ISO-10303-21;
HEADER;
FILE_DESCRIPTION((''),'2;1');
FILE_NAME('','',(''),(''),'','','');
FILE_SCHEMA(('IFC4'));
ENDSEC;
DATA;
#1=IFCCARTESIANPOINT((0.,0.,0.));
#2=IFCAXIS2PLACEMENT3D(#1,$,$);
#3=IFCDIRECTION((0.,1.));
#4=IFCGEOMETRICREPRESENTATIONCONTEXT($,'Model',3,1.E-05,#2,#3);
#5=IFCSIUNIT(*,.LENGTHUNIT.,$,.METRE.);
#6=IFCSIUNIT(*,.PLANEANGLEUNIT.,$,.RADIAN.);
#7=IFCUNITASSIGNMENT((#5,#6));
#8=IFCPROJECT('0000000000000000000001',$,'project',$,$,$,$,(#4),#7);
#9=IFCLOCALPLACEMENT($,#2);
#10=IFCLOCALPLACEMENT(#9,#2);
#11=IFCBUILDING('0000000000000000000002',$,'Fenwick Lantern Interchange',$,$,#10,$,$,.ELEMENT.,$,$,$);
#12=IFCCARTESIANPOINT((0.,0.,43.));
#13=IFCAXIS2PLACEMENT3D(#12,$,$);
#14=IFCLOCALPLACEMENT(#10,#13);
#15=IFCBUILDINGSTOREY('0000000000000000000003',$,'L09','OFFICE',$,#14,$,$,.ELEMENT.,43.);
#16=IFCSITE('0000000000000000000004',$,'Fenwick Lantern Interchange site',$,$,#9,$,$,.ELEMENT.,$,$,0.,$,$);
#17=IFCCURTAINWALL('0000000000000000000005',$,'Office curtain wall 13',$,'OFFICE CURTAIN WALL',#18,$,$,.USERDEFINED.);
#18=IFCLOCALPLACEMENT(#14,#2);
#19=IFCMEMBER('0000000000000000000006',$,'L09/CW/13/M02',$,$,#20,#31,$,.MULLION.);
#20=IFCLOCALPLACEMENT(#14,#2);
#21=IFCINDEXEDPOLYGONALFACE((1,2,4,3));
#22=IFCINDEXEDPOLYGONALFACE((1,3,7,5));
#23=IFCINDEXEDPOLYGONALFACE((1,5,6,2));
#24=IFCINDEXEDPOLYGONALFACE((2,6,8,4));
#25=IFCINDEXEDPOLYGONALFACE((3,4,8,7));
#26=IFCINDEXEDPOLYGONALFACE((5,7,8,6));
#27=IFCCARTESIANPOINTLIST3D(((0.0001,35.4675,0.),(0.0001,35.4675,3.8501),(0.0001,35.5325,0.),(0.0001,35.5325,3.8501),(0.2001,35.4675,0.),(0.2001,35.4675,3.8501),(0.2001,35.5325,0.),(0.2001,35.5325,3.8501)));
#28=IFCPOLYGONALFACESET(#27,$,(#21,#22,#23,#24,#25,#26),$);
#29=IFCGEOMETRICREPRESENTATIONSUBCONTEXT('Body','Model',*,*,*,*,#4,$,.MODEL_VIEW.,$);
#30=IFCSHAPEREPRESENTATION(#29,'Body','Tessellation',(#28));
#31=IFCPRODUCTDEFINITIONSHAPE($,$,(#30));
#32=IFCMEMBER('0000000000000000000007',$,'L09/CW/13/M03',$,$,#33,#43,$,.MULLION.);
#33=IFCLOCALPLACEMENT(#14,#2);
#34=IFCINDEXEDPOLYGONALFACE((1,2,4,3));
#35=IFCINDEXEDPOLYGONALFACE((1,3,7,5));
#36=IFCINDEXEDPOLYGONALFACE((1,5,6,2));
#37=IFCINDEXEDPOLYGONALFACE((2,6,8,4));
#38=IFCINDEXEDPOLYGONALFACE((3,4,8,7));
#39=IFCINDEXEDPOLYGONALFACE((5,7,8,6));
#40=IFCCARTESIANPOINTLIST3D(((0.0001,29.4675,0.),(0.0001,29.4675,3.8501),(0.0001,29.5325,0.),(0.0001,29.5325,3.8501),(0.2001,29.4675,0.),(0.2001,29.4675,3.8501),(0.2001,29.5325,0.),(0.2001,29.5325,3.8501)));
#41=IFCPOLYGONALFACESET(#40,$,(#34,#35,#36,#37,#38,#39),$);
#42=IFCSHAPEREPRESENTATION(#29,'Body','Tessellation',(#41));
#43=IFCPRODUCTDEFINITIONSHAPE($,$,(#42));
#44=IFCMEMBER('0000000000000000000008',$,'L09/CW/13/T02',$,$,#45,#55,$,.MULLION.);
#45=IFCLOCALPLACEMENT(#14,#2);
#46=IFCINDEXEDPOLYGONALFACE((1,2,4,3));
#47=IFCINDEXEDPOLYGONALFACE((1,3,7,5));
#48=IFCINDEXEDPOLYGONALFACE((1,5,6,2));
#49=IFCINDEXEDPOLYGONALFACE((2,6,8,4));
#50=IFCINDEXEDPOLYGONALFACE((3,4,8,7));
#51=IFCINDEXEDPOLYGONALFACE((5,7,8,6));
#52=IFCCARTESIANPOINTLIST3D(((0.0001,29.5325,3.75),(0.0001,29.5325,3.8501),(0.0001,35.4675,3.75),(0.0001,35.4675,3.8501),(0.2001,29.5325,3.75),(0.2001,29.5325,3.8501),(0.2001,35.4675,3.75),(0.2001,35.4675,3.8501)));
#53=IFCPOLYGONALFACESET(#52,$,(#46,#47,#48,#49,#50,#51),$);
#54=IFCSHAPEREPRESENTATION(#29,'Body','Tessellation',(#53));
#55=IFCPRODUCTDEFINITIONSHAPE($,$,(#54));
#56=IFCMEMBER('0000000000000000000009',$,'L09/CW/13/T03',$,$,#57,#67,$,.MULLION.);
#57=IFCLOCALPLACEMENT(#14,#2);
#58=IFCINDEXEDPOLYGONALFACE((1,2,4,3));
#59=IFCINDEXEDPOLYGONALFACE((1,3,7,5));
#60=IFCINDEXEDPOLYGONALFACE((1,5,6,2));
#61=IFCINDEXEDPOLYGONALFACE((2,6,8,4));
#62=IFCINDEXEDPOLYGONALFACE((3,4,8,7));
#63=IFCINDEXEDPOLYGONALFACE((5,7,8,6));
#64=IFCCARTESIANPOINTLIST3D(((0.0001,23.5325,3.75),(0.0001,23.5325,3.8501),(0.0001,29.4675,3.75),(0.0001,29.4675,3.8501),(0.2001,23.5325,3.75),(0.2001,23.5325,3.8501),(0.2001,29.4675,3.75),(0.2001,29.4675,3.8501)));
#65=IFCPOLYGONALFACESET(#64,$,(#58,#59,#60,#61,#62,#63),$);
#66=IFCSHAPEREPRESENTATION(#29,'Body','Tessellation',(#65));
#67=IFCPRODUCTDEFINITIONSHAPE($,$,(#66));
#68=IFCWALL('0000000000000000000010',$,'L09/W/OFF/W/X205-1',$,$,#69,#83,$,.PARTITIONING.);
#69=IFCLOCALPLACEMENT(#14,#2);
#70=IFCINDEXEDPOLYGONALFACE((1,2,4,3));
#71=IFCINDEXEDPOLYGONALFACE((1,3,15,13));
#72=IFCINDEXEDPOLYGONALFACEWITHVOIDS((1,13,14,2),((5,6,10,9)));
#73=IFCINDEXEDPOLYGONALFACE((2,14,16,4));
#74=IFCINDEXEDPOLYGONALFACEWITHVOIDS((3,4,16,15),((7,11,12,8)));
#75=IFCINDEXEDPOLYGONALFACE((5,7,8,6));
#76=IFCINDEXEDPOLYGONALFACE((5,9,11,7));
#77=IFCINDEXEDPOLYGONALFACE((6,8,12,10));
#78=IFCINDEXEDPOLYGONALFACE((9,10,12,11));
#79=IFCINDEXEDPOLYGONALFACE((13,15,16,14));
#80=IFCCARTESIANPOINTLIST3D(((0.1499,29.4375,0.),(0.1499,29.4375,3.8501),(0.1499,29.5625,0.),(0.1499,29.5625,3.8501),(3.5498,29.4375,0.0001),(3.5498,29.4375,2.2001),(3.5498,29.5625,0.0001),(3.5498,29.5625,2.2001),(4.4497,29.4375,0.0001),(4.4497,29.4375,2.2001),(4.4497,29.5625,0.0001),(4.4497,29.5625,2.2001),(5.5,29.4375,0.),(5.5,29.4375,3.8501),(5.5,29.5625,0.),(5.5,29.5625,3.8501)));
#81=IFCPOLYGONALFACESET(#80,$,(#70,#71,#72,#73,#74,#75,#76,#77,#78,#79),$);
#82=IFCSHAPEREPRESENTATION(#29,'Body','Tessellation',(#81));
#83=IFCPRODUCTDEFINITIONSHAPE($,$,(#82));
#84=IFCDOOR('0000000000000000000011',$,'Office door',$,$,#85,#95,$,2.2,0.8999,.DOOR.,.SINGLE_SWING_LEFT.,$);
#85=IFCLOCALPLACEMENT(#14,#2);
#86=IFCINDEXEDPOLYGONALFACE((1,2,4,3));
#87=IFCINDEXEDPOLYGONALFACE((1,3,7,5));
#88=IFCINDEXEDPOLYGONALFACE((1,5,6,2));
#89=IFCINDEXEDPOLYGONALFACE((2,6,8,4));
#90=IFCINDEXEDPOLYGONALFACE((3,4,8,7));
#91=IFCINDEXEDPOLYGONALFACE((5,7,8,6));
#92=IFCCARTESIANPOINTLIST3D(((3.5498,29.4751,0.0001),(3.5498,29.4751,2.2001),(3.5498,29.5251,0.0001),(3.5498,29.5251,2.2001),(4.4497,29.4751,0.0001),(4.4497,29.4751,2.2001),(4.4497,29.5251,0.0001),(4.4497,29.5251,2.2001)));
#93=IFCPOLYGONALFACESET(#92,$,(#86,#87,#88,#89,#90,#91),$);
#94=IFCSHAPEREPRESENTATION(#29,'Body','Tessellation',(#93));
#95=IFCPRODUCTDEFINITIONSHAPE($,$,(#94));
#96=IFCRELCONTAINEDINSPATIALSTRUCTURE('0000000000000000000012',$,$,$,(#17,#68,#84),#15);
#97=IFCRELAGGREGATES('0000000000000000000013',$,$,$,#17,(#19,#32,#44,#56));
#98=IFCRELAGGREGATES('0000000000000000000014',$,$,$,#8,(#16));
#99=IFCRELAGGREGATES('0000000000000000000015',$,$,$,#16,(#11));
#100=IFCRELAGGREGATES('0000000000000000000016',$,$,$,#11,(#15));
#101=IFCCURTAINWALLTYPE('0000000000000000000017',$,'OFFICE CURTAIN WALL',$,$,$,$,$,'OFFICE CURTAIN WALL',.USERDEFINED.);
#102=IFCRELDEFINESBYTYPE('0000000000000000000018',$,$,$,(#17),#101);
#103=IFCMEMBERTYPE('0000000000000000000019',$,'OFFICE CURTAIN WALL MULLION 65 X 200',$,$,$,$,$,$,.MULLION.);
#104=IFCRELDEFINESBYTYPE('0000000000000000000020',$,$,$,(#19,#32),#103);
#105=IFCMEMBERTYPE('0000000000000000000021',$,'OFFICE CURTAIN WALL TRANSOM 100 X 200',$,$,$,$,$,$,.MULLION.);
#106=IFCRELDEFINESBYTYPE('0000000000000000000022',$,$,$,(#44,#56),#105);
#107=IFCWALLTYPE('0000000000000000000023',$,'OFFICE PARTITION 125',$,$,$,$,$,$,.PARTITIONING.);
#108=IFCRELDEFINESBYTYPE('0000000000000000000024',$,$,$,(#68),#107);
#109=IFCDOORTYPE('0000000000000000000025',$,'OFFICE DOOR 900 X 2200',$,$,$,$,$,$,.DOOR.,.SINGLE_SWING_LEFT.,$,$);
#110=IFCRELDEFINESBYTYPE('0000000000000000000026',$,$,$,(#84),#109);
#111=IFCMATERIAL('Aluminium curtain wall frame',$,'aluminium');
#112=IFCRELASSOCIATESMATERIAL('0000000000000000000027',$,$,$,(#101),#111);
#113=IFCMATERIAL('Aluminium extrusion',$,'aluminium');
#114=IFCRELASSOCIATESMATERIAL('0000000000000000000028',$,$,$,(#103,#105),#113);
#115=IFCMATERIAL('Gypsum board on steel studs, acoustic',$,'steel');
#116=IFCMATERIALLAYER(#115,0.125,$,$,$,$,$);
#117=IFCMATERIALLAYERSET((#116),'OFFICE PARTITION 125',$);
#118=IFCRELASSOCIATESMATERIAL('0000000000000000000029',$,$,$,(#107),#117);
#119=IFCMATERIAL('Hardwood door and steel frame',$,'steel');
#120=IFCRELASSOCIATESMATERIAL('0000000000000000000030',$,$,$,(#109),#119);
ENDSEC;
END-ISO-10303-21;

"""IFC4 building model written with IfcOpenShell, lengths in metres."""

from ifc_helpers import new_model, si_unit, direction, frame, frame_2d, origin, origin_2d, place, context, subcontext, project, spatial, rectangle, extrude, material, layer, layer_set, material_profile, profile_set, type_object, element, fill, aggregate, save


model = new_model("IFC4")

# Units and contexts
model_context = context("Model", 3, precision=1e-05, world=origin(), true_north=direction((0.0, 1.0)))
body_context = subcontext(model_context, "Body", "Model", "MODEL_VIEW")
ifc_project = project(units=[si_unit("LENGTHUNIT", "METRE"), si_unit("PLANEANGLEUNIT", "RADIAN")], contexts=[model_context])

# Site, building, storey
site_placement = place(None, origin())
site = spatial("IfcSite", under=ifc_project, at=site_placement, Name="Fenwick Lantern Interchange site", CompositionType="ELEMENT", RefElevation=0.0)
building_placement = place(site_placement, origin())
building = spatial("IfcBuilding", under=site, at=building_placement, Name="Fenwick Lantern Interchange", CompositionType="ELEMENT")
storey_placement = place(building_placement, frame((0.0, 0.0, 43.0)))
storey = spatial("IfcBuildingStorey", under=building, at=storey_placement, Name="L09", Description="OFFICE", CompositionType="ELEMENT", Elevation=43.0)

# Curtain wall, members
ifc_material_1 = material(Name="Aluminium curtain wall frame", Category="aluminium")
curtain_wall_type = type_object("IfcCurtainWallType", Name="OFFICE CURTAIN WALL", ElementType="OFFICE CURTAIN WALL", PredefinedType="USERDEFINED", material=ifc_material_1)
curtain_wall_placement = place(storey_placement, origin())
curtain_wall = element("IfcCurtainWall", 1, at=curtain_wall_placement, inside=storey, type_object=curtain_wall_type, Name="Office curtain wall 13", ObjectType="OFFICE CURTAIN WALL", PredefinedType="USERDEFINED")
ifc_material_2 = material(Name="Aluminium extrusion", Category="aluminium")
ifc_material_profile_1 = material_profile(ifc_material_2, rectangle(XDim=0.2, YDim=0.0649, at=origin_2d()), Name="OFFICE CURTAIN WALL MULLION 65 X 200")
ifc_profile_set_1 = profile_set([ifc_material_profile_1], Name="Aluminium extrusion")
member_type_1 = type_object("IfcMemberType", Name="OFFICE CURTAIN WALL MULLION 65 X 200", PredefinedType="MULLION", material=ifc_profile_set_1)
member_1_placement = place(storey_placement, frame((0.1001, 35.5, 0.0), z_axis=(0.0, 0.0, 1.0), x_axis=(1.0, 0.0, 0.0)))
member_1 = element("IfcMember", 2, at=member_1_placement, type_object=member_type_1, Name="L09/CW/13/M02", PredefinedType="MULLION", context=body_context, shape_type="SweptSolid", body=[
    extrude(rectangle(XDim=0.2, YDim=0.0649, at=origin_2d()), origin(), (0.0, 0.0, 1.0), 3.8501),
])
member_2_placement = place(storey_placement, frame((0.1001, 29.5, 0.0), z_axis=(0.0, 0.0, 1.0), x_axis=(1.0, 0.0, 0.0)))
member_2 = element("IfcMember", 3, at=member_2_placement, type_object=member_type_1, Name="L09/CW/13/M03", PredefinedType="MULLION", context=body_context, shape_type="SweptSolid", body=[
    extrude(rectangle(XDim=0.2, YDim=0.0649, at=origin_2d()), origin(), (0.0, 0.0, 1.0), 3.8501),
])
ifc_material_profile_2 = material_profile(ifc_material_2, rectangle(XDim=0.2, YDim=0.1001, at=origin_2d()), Name="OFFICE CURTAIN WALL TRANSOM 100 X 200")
ifc_profile_set_2 = profile_set([ifc_material_profile_2], Name="Aluminium extrusion")
member_type_2 = type_object("IfcMemberType", Name="OFFICE CURTAIN WALL TRANSOM 100 X 200", PredefinedType="MULLION", material=ifc_profile_set_2)
member_3_placement = place(storey_placement, frame((0.1001, 35.4675, 3.8), z_axis=(0.0, -1.0, 0.0), x_axis=(1.0, 0.0, 0.0)))
member_3 = element("IfcMember", 4, at=member_3_placement, type_object=member_type_2, Name="L09/CW/13/T02", PredefinedType="MULLION", context=body_context, shape_type="SweptSolid", body=[
    extrude(rectangle(XDim=0.2, YDim=0.1001, at=origin_2d()), origin(), (0.0, 0.0, 1.0), 5.9351),
])
member_4_placement = place(storey_placement, frame((0.1001, 29.4675, 3.8), z_axis=(0.0, -1.0, 0.0), x_axis=(1.0, 0.0, 0.0)))
member_4 = element("IfcMember", 5, at=member_4_placement, type_object=member_type_2, Name="L09/CW/13/T03", PredefinedType="MULLION", context=body_context, shape_type="SweptSolid", body=[
    extrude(rectangle(XDim=0.2, YDim=0.1001, at=origin_2d()), origin(), (0.0, 0.0, 1.0), 5.9351),
])
aggregate(curtain_wall, [member_1, member_2, member_3, member_4])

# Wall, opening, door
ifc_material_3 = material(Name="Gypsum board on steel studs, acoustic", Category="steel")
ifc_layer = layer(ifc_material_3, 0.125)
ifc_layer_set = layer_set([ifc_layer], Name="OFFICE PARTITION 125")
wall_type = type_object("IfcWallType", Name="OFFICE PARTITION 125", PredefinedType="PARTITIONING", material=ifc_layer_set)
wall_placement = place(storey_placement, frame((0.1499, 29.5, 0.0), z_axis=(0.0, 0.0, 1.0), x_axis=(1.0, 0.0, 0.0)))
wall = element("IfcWall", 6, at=wall_placement, inside=storey, type_object=wall_type, Name="L09/W/OFF/W/X205-1", PredefinedType="PARTITIONING", context=body_context, shape_type="SweptSolid", body=[
    extrude(rectangle(XDim=5.3501, YDim=0.125, at=frame_2d((2.675, 0.0))), origin(), (0.0, 0.0, 1.0), 3.8501),
])
opening_placement = place(wall_placement, frame((3.3999, 0.0, 0.0)))
opening = element("IfcOpeningElement", 7, at=opening_placement, cuts=wall, PredefinedType="OPENING", context=body_context, shape_type="SweptSolid", body=[
    extrude(rectangle(XDim=0.8999, YDim=2.2, at=frame_2d((0.45, 1.1001))), frame((0.0, 0.0725, 0.0), z_axis=(0.0, -1.0, 0.0), x_axis=(1.0, 0.0, 0.0)), (0.0, 0.0, 1.0), 0.145),
])
ifc_material_4 = material(Name="Hardwood door and steel frame", Category="steel")
door_type = type_object("IfcDoorType", Name="OFFICE DOOR 900 X 2200", OperationType="SINGLE_SWING_LEFT", PredefinedType="DOOR", material=ifc_material_4)
door_placement = place(opening_placement, frame((0.8999, 0.0, 0.0), z_axis=(0.0, 0.0, 1.0), x_axis=(-1.0, 0.0, 0.0)))
door = element("IfcDoor", 8, at=door_placement, inside=storey, type_object=door_type, Name="Office door", OperationType="SINGLE_SWING_LEFT", OverallHeight=2.2, OverallWidth=0.8999, PredefinedType="DOOR", context=body_context, shape_type="SweptSolid", body=[
    extrude(rectangle(XDim=0.8999, YDim=2.2, at=frame_2d((0.45, 1.1001))), frame((0.0, 0.0249, 0.0), z_axis=(0.0, -1.0, 0.0), x_axis=(1.0, 0.0, 0.0)), (0.0, 0.0, 1.0), 0.05),
])
fill(opening, door)

save(model, "model.ifc")
